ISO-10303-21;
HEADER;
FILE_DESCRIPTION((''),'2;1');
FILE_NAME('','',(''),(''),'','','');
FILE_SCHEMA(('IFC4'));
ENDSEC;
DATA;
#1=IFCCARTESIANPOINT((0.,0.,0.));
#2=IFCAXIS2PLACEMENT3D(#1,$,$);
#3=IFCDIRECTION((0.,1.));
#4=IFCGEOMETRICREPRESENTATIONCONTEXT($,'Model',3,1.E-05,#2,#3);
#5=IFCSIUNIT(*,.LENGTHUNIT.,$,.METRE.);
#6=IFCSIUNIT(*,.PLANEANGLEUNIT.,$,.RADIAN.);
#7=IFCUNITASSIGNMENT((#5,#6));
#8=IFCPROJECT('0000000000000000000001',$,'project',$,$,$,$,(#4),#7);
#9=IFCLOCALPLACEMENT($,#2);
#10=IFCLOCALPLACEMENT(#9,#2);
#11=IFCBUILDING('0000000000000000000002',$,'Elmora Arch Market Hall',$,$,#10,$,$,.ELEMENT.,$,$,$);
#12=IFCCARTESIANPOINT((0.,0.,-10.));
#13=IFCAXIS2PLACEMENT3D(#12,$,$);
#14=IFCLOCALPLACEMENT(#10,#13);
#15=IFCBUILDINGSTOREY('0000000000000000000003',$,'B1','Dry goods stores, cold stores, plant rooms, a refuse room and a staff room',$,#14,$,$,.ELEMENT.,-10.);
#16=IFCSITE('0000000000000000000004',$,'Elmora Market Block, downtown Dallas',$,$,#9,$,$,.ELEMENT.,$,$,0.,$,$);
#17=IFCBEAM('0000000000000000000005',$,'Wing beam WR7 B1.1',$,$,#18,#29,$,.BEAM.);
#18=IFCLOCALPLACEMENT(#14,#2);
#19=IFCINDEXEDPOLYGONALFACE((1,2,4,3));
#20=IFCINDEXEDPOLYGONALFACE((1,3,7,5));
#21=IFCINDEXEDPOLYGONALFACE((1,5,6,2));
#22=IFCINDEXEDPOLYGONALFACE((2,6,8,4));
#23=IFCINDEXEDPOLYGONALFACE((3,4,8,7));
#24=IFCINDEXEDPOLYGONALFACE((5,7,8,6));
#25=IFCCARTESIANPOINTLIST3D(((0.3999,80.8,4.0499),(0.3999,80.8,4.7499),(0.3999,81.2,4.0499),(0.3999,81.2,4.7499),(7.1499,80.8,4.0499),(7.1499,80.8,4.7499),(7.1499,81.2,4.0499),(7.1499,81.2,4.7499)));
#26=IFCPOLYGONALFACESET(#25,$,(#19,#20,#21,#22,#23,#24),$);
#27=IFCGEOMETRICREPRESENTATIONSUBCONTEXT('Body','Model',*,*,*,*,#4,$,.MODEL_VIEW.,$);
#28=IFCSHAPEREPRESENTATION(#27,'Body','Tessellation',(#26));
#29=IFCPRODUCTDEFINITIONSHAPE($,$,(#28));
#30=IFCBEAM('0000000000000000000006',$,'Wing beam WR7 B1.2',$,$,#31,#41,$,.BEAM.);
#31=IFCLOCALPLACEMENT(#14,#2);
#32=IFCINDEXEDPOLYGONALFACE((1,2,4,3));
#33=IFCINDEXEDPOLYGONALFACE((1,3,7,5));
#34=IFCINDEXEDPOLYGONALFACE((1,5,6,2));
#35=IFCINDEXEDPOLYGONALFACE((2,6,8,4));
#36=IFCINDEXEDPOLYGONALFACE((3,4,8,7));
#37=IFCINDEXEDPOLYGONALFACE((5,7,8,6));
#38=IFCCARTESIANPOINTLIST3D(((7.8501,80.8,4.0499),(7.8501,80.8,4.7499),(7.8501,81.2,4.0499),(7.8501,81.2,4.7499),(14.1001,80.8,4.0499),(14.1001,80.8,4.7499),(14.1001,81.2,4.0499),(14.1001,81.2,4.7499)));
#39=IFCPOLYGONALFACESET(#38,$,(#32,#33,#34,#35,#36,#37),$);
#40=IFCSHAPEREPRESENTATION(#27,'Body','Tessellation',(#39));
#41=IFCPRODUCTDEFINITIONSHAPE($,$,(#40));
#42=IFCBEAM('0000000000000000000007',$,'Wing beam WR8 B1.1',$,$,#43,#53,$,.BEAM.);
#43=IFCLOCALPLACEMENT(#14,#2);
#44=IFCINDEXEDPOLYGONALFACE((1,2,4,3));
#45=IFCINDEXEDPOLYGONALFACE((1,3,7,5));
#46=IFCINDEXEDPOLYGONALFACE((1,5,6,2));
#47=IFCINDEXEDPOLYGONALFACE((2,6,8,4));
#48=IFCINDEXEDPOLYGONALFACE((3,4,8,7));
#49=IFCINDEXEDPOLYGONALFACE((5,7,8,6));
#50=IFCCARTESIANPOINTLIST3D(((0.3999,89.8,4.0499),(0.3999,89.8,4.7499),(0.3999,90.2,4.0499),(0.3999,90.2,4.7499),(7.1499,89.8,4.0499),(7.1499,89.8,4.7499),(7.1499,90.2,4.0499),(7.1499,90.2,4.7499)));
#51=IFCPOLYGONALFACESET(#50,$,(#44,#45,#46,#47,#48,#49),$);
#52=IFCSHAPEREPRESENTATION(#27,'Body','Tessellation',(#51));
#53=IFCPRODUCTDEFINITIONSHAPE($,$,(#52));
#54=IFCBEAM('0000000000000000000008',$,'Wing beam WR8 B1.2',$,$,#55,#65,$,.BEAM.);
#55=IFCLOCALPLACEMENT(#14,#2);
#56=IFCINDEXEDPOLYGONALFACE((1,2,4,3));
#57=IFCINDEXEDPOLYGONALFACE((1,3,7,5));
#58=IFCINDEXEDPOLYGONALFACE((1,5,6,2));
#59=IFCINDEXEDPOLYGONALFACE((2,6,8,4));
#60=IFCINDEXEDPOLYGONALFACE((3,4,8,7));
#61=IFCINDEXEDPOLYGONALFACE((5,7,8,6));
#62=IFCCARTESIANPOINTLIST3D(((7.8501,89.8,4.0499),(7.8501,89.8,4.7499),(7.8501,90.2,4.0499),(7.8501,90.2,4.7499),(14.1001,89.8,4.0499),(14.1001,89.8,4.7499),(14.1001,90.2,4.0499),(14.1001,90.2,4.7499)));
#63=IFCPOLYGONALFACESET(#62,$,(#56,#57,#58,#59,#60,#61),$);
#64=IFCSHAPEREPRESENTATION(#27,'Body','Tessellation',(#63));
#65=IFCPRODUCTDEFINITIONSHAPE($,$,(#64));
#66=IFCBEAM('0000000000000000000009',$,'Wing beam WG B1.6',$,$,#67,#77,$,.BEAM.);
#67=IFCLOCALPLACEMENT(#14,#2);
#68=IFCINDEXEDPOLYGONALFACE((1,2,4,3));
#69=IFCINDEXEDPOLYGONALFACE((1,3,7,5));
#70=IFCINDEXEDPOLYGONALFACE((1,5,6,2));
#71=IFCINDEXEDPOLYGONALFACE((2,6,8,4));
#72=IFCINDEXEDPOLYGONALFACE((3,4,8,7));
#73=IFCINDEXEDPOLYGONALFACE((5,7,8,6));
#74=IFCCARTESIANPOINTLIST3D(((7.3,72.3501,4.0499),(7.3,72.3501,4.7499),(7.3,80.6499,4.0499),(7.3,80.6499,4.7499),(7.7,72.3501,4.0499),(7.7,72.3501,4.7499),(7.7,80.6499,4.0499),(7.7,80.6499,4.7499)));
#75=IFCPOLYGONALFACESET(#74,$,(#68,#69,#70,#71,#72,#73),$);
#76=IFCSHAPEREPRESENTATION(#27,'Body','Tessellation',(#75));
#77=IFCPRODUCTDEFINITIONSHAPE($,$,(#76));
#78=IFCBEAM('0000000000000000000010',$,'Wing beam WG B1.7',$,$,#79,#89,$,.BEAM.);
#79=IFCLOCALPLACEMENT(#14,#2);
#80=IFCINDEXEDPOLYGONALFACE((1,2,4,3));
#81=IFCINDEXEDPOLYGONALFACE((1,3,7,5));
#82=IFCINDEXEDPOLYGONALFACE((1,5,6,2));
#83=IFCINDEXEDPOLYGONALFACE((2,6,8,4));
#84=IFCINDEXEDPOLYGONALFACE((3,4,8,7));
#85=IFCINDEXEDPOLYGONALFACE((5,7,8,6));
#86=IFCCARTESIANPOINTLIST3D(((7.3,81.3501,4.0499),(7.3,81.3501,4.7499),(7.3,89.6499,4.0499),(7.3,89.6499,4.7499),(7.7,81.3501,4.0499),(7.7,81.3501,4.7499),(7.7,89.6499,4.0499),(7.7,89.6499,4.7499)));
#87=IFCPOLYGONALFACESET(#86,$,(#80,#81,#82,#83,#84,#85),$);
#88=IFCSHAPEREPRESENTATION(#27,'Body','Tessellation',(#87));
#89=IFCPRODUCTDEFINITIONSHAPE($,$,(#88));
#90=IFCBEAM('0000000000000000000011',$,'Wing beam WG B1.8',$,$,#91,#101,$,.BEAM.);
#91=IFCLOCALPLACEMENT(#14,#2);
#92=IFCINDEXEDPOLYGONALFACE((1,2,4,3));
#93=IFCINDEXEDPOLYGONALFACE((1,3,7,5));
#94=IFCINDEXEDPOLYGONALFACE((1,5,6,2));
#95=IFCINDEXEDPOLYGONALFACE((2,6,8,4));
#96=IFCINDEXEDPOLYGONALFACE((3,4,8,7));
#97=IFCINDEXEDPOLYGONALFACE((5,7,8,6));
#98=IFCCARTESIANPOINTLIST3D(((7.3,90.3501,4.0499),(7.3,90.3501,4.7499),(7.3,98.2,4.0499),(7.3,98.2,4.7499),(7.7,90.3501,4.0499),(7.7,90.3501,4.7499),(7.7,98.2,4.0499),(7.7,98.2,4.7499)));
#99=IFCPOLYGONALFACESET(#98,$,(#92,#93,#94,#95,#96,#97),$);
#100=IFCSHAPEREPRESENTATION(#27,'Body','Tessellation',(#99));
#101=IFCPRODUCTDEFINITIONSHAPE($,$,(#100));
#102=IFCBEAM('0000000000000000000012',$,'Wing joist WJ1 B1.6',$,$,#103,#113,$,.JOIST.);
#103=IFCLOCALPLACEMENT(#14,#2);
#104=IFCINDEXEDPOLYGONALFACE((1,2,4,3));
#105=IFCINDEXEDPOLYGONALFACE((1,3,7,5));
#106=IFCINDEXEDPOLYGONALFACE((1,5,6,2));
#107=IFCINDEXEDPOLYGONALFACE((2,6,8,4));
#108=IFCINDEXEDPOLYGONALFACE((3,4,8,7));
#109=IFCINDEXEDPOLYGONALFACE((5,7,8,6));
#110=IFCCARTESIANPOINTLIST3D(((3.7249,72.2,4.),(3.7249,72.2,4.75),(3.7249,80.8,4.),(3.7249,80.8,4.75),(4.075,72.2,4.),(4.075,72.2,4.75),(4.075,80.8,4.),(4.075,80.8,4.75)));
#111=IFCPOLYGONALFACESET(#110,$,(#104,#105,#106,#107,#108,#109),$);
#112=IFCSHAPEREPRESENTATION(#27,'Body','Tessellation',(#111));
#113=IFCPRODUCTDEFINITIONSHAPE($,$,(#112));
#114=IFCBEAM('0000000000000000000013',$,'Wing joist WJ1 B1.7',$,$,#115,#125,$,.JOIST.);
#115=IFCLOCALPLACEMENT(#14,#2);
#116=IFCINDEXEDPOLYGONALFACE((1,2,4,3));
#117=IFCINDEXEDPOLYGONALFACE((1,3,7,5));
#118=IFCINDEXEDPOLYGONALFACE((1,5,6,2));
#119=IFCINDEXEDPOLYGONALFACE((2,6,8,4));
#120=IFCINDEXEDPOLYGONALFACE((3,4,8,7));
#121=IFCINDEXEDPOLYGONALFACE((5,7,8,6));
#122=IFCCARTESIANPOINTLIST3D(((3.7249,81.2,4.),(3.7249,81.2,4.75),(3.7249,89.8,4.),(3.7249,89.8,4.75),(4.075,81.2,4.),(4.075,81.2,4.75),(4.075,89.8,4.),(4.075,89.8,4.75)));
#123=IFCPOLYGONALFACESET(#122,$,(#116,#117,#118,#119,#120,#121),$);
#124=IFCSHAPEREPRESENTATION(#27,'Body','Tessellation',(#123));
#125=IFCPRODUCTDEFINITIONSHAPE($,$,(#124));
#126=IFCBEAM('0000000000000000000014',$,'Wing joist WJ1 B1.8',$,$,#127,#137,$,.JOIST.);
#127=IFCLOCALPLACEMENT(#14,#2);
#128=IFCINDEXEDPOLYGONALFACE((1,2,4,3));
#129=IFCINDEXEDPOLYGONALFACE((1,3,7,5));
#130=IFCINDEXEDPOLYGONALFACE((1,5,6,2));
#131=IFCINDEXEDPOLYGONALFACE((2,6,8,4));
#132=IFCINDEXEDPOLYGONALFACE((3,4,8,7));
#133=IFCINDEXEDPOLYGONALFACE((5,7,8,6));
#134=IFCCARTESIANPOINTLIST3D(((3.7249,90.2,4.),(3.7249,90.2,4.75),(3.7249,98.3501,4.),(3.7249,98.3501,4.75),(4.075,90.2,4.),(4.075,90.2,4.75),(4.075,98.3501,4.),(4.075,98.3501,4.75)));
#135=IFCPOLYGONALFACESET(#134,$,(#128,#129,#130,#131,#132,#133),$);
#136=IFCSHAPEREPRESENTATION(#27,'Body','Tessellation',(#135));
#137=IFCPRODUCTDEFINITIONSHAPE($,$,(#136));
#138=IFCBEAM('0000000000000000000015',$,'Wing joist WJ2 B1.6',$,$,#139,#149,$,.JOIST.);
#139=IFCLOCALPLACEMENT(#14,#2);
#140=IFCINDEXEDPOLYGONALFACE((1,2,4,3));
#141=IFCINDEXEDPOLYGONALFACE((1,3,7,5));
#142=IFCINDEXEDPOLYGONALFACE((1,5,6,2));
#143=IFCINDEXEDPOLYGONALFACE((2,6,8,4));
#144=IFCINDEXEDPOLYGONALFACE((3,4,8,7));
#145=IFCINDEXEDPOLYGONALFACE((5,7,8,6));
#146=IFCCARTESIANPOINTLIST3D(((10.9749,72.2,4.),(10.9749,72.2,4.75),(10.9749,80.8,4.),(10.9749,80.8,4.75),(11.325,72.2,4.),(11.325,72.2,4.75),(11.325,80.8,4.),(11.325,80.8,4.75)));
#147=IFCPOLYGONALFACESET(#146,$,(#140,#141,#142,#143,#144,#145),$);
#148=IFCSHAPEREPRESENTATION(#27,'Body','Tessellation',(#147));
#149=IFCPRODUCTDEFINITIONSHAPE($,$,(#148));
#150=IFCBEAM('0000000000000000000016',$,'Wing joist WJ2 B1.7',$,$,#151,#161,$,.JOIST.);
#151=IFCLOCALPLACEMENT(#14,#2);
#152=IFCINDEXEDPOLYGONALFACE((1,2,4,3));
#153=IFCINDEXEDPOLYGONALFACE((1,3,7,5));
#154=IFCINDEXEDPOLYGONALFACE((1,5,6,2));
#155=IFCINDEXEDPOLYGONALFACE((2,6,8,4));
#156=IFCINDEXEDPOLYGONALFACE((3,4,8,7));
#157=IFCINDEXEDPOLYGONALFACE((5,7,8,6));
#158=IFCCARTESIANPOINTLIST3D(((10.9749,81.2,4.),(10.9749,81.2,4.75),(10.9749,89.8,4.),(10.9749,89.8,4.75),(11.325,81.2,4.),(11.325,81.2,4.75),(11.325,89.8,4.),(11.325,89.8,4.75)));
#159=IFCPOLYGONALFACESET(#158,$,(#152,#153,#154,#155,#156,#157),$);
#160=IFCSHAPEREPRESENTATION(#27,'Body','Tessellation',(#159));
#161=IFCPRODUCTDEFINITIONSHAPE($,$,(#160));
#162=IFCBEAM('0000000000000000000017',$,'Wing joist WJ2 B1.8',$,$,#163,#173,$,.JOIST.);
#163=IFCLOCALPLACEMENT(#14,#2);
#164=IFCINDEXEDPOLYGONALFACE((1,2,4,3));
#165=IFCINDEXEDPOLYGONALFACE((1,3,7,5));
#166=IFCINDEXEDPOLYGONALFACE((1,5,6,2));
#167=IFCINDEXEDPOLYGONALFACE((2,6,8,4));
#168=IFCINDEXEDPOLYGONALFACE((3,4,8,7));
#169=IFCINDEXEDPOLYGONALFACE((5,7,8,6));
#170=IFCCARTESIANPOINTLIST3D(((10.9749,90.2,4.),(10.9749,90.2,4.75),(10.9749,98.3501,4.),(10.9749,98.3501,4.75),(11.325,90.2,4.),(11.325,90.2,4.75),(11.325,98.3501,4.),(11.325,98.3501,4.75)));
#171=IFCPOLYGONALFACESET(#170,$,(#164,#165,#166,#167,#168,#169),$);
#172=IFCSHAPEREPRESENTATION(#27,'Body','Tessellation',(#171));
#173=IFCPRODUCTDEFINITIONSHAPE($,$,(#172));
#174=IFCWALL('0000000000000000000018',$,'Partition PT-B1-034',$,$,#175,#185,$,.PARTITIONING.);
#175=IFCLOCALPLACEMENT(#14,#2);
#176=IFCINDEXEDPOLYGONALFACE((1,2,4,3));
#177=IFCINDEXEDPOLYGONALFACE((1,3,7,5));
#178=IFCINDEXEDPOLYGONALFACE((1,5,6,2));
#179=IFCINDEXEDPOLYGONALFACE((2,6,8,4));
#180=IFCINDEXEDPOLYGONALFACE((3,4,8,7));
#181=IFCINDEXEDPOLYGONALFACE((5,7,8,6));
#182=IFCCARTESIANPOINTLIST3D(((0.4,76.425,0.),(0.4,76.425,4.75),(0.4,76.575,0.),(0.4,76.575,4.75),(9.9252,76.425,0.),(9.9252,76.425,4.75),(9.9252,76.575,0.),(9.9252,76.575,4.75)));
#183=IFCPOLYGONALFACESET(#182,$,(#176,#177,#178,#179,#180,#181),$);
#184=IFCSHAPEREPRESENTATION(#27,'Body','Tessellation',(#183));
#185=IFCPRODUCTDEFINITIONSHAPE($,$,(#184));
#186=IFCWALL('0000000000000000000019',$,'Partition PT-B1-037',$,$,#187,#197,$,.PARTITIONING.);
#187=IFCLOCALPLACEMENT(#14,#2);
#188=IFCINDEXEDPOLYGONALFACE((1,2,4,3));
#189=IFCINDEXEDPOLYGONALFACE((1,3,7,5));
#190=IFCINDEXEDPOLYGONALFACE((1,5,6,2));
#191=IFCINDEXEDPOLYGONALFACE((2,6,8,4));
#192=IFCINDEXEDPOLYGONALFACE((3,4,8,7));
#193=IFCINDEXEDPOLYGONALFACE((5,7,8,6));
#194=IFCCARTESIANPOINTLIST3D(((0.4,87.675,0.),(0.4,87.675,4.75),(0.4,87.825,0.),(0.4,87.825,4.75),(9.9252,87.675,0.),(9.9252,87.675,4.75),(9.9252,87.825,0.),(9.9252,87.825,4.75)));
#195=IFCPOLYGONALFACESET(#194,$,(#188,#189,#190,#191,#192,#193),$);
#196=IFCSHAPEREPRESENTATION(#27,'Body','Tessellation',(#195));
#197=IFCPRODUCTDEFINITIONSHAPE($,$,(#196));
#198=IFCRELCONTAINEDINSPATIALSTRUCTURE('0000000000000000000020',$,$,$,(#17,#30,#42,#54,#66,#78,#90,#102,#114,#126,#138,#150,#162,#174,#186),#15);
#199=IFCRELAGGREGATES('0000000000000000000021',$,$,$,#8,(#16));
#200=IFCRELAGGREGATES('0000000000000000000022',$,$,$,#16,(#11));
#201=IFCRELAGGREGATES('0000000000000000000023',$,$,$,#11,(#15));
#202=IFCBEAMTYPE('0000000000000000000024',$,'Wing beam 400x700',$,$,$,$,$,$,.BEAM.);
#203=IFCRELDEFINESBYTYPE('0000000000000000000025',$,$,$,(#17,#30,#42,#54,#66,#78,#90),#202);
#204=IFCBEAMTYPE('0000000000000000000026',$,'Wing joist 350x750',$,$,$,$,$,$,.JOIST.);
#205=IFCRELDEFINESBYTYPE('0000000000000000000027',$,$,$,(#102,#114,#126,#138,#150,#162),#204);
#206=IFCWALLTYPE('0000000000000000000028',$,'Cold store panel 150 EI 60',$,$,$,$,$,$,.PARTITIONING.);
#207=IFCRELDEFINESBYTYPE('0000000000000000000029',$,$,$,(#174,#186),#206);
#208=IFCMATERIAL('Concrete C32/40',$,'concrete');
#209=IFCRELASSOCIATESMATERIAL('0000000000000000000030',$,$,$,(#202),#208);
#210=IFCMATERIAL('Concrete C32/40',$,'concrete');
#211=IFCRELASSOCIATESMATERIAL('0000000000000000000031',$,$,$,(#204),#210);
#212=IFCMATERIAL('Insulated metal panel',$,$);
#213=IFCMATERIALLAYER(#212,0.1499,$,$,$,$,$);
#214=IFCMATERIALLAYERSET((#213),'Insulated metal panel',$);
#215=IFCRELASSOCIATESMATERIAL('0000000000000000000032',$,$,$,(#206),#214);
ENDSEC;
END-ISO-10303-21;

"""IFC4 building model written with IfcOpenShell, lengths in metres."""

from ifc_helpers import new_model, si_unit, direction, frame, frame_2d, origin, origin_2d, place, context, subcontext, project, spatial, rectangle, extrude, material, layer, layer_set, material_profile, profile_set, type_object, element, save


model = new_model("IFC4")

# Units and contexts
model_context = context("Model", 3, precision=1e-05, world=origin(), true_north=direction((0.0, 1.0)))
body_context = subcontext(model_context, "Body", "Model", "MODEL_VIEW")
ifc_project = project(units=[si_unit("LENGTHUNIT", "METRE"), si_unit("PLANEANGLEUNIT", "RADIAN")], contexts=[model_context])

# Site, building, storey
site_placement = place(None, origin())
site = spatial("IfcSite", under=ifc_project, at=site_placement, Name="Elmora Market Block, downtown Dallas", CompositionType="ELEMENT", RefElevation=0.0)
building_placement = place(site_placement, origin())
building = spatial("IfcBuilding", under=site, at=building_placement, Name="Elmora Arch Market Hall", CompositionType="ELEMENT")
storey_placement = place(building_placement, frame((0.0, 0.0, -10.0)))
storey = spatial("IfcBuildingStorey", under=building, at=storey_placement, Name="B1", Description="Dry goods stores, cold stores, plant rooms, a refuse room and a staff room", CompositionType="ELEMENT", Elevation=-10.0)

# Beams
ifc_material_1 = material(Name="Concrete C32/40", Category="concrete")
ifc_material_profile_1 = material_profile(ifc_material_1, rectangle(XDim=0.3999, YDim=0.7, at=origin_2d()), Name="Wing beam 400x700")
ifc_profile_set_1 = profile_set([ifc_material_profile_1], Name="Concrete C32/40")
beam_type_1 = type_object("IfcBeamType", Name="Wing beam 400x700", PredefinedType="BEAM", material=ifc_profile_set_1)
beam_1_placement = place(storey_placement, frame((0.3999, 81.0, 4.3999), z_axis=(1.0, 0.0, 0.0), x_axis=(0.0, 1.0, 0.0)))
element("IfcBeam", 1, at=beam_1_placement, inside=storey, type_object=beam_type_1, Name="Wing beam WR7 B1.1", PredefinedType="BEAM", context=body_context, shape_type="SweptSolid", body=[
    extrude(rectangle(XDim=0.3999, YDim=0.7, at=origin_2d()), origin(), (0.0, 0.0, 1.0), 6.75),
])
beam_2_placement = place(storey_placement, frame((7.8501, 81.0, 4.3999), z_axis=(1.0, 0.0, 0.0), x_axis=(0.0, 1.0, 0.0)))
element("IfcBeam", 2, at=beam_2_placement, inside=storey, type_object=beam_type_1, Name="Wing beam WR7 B1.2", PredefinedType="BEAM", context=body_context, shape_type="SweptSolid", body=[
    extrude(rectangle(XDim=0.3999, YDim=0.7, at=origin_2d()), origin(), (0.0, 0.0, 1.0), 6.25),
])
beam_3_placement = place(storey_placement, frame((0.3999, 90.0, 4.3999), z_axis=(1.0, 0.0, 0.0), x_axis=(0.0, 1.0, 0.0)))
element("IfcBeam", 3, at=beam_3_placement, inside=storey, type_object=beam_type_1, Name="Wing beam WR8 B1.1", PredefinedType="BEAM", context=body_context, shape_type="SweptSolid", body=[
    extrude(rectangle(XDim=0.3999, YDim=0.7, at=origin_2d()), origin(), (0.0, 0.0, 1.0), 6.75),
])
beam_4_placement = place(storey_placement, frame((7.8501, 90.0, 4.3999), z_axis=(1.0, 0.0, 0.0), x_axis=(0.0, 1.0, 0.0)))
element("IfcBeam", 4, at=beam_4_placement, inside=storey, type_object=beam_type_1, Name="Wing beam WR8 B1.2", PredefinedType="BEAM", context=body_context, shape_type="SweptSolid", body=[
    extrude(rectangle(XDim=0.3999, YDim=0.7, at=origin_2d()), origin(), (0.0, 0.0, 1.0), 6.25),
])
for number, where, z_axis, x_axis, name in (
    (5, (7.5, 72.3501, 4.3999), (0.0, 1.0, 0.0), (-1.0, 0.0, 0.0), "Wing beam WG B1.6"),
    (6, (7.5, 81.3501, 4.3999), (0.0, 1.0, 0.0), (-1.0, 0.0, 0.0), "Wing beam WG B1.7"),
):
    element("IfcBeam", number, at=place(storey_placement, frame(where, z_axis=z_axis, x_axis=x_axis)), inside=storey, type_object=beam_type_1, Name=name, PredefinedType="BEAM", context=body_context, shape_type="SweptSolid", body=[
        extrude(rectangle(XDim=0.3999, YDim=0.7, at=origin_2d()), origin(), (0.0, 0.0, 1.0), 8.2998),
    ])
beam_5_placement = place(storey_placement, frame((7.5, 90.3501, 4.3999), z_axis=(0.0, 1.0, 0.0), x_axis=(-1.0, 0.0, 0.0)))
element("IfcBeam", 7, at=beam_5_placement, inside=storey, type_object=beam_type_1, Name="Wing beam WG B1.8", PredefinedType="BEAM", context=body_context, shape_type="SweptSolid", body=[
    extrude(rectangle(XDim=0.3999, YDim=0.7, at=origin_2d()), origin(), (0.0, 0.0, 1.0), 7.8499),
])
ifc_material_2 = material(Name="Concrete C32/40", Category="concrete")
ifc_material_profile_2 = material_profile(ifc_material_2, rectangle(XDim=0.3501, YDim=0.75, at=origin_2d()), Name="Wing joist 350x750")
ifc_profile_set_2 = profile_set([ifc_material_profile_2], Name="Concrete C32/40")
beam_type_2 = type_object("IfcBeamType", Name="Wing joist 350x750", PredefinedType="JOIST", material=ifc_profile_set_2)
for number, where, z_axis, x_axis, name in (
    (8, (3.8999, 72.2, 4.375), (0.0, 1.0, 0.0), (-1.0, 0.0, 0.0), "Wing joist WJ1 B1.6"),
    (9, (3.8999, 81.2, 4.375), (0.0, 1.0, 0.0), (-1.0, 0.0, 0.0), "Wing joist WJ1 B1.7"),
):
    element("IfcBeam", number, at=place(storey_placement, frame(where, z_axis=z_axis, x_axis=x_axis)), inside=storey, type_object=beam_type_2, Name=name, PredefinedType="JOIST", context=body_context, shape_type="SweptSolid", body=[
        extrude(rectangle(XDim=0.3501, YDim=0.75, at=origin_2d()), origin(), (0.0, 0.0, 1.0), 8.6001),
    ])
beam_6_placement = place(storey_placement, frame((3.8999, 90.2, 4.375), z_axis=(0.0, 1.0, 0.0), x_axis=(-1.0, 0.0, 0.0)))
element("IfcBeam", 10, at=beam_6_placement, inside=storey, type_object=beam_type_2, Name="Wing joist WJ1 B1.8", PredefinedType="JOIST", context=body_context, shape_type="SweptSolid", body=[
    extrude(rectangle(XDim=0.3501, YDim=0.75, at=origin_2d()), origin(), (0.0, 0.0, 1.0), 8.1501),
])
for number, where, z_axis, x_axis, name in (
    (11, (11.1499, 72.2, 4.375), (0.0, 1.0, 0.0), (-1.0, 0.0, 0.0), "Wing joist WJ2 B1.6"),
    (12, (11.1499, 81.2, 4.375), (0.0, 1.0, 0.0), (-1.0, 0.0, 0.0), "Wing joist WJ2 B1.7"),
):
    element("IfcBeam", number, at=place(storey_placement, frame(where, z_axis=z_axis, x_axis=x_axis)), inside=storey, type_object=beam_type_2, Name=name, PredefinedType="JOIST", context=body_context, shape_type="SweptSolid", body=[
        extrude(rectangle(XDim=0.3501, YDim=0.75, at=origin_2d()), origin(), (0.0, 0.0, 1.0), 8.6001),
    ])
beam_7_placement = place(storey_placement, frame((11.1499, 90.2, 4.375), z_axis=(0.0, 1.0, 0.0), x_axis=(-1.0, 0.0, 0.0)))
element("IfcBeam", 13, at=beam_7_placement, inside=storey, type_object=beam_type_2, Name="Wing joist WJ2 B1.8", PredefinedType="JOIST", context=body_context, shape_type="SweptSolid", body=[
    extrude(rectangle(XDim=0.3501, YDim=0.75, at=origin_2d()), origin(), (0.0, 0.0, 1.0), 8.1501),
])

# Walls
ifc_material_3 = material(Name="Insulated metal panel")
ifc_layer_1 = layer(ifc_material_3, 0.1499)
ifc_layer_set_1 = layer_set([ifc_layer_1], Name="Insulated metal panel")
wall_type_1 = type_object("IfcWallType", Name="Cold store panel 150 EI 60", PredefinedType="PARTITIONING", material=ifc_layer_set_1)
for number, where, z_axis, x_axis, name in (
    (14, (0.3999, 76.5, 0.0), (0.0, 0.0, 1.0), (1.0, 0.0, 0.0), "Partition PT-B1-034"),
    (15, (0.3999, 87.75, 0.0), (0.0, 0.0, 1.0), (1.0, 0.0, 0.0), "Partition PT-B1-037"),
):
    element("IfcWall", number, at=place(storey_placement, frame(where, z_axis=z_axis, x_axis=x_axis)), inside=storey, type_object=wall_type_1, Name=name, PredefinedType="PARTITIONING", context=body_context, shape_type="SweptSolid", body=[
        extrude(rectangle(XDim=9.5251, YDim=0.1499, at=frame_2d((4.7627, 0.0))), origin(), (0.0, 0.0, 1.0), 4.75),
    ])

save(model, "model.ifc")
